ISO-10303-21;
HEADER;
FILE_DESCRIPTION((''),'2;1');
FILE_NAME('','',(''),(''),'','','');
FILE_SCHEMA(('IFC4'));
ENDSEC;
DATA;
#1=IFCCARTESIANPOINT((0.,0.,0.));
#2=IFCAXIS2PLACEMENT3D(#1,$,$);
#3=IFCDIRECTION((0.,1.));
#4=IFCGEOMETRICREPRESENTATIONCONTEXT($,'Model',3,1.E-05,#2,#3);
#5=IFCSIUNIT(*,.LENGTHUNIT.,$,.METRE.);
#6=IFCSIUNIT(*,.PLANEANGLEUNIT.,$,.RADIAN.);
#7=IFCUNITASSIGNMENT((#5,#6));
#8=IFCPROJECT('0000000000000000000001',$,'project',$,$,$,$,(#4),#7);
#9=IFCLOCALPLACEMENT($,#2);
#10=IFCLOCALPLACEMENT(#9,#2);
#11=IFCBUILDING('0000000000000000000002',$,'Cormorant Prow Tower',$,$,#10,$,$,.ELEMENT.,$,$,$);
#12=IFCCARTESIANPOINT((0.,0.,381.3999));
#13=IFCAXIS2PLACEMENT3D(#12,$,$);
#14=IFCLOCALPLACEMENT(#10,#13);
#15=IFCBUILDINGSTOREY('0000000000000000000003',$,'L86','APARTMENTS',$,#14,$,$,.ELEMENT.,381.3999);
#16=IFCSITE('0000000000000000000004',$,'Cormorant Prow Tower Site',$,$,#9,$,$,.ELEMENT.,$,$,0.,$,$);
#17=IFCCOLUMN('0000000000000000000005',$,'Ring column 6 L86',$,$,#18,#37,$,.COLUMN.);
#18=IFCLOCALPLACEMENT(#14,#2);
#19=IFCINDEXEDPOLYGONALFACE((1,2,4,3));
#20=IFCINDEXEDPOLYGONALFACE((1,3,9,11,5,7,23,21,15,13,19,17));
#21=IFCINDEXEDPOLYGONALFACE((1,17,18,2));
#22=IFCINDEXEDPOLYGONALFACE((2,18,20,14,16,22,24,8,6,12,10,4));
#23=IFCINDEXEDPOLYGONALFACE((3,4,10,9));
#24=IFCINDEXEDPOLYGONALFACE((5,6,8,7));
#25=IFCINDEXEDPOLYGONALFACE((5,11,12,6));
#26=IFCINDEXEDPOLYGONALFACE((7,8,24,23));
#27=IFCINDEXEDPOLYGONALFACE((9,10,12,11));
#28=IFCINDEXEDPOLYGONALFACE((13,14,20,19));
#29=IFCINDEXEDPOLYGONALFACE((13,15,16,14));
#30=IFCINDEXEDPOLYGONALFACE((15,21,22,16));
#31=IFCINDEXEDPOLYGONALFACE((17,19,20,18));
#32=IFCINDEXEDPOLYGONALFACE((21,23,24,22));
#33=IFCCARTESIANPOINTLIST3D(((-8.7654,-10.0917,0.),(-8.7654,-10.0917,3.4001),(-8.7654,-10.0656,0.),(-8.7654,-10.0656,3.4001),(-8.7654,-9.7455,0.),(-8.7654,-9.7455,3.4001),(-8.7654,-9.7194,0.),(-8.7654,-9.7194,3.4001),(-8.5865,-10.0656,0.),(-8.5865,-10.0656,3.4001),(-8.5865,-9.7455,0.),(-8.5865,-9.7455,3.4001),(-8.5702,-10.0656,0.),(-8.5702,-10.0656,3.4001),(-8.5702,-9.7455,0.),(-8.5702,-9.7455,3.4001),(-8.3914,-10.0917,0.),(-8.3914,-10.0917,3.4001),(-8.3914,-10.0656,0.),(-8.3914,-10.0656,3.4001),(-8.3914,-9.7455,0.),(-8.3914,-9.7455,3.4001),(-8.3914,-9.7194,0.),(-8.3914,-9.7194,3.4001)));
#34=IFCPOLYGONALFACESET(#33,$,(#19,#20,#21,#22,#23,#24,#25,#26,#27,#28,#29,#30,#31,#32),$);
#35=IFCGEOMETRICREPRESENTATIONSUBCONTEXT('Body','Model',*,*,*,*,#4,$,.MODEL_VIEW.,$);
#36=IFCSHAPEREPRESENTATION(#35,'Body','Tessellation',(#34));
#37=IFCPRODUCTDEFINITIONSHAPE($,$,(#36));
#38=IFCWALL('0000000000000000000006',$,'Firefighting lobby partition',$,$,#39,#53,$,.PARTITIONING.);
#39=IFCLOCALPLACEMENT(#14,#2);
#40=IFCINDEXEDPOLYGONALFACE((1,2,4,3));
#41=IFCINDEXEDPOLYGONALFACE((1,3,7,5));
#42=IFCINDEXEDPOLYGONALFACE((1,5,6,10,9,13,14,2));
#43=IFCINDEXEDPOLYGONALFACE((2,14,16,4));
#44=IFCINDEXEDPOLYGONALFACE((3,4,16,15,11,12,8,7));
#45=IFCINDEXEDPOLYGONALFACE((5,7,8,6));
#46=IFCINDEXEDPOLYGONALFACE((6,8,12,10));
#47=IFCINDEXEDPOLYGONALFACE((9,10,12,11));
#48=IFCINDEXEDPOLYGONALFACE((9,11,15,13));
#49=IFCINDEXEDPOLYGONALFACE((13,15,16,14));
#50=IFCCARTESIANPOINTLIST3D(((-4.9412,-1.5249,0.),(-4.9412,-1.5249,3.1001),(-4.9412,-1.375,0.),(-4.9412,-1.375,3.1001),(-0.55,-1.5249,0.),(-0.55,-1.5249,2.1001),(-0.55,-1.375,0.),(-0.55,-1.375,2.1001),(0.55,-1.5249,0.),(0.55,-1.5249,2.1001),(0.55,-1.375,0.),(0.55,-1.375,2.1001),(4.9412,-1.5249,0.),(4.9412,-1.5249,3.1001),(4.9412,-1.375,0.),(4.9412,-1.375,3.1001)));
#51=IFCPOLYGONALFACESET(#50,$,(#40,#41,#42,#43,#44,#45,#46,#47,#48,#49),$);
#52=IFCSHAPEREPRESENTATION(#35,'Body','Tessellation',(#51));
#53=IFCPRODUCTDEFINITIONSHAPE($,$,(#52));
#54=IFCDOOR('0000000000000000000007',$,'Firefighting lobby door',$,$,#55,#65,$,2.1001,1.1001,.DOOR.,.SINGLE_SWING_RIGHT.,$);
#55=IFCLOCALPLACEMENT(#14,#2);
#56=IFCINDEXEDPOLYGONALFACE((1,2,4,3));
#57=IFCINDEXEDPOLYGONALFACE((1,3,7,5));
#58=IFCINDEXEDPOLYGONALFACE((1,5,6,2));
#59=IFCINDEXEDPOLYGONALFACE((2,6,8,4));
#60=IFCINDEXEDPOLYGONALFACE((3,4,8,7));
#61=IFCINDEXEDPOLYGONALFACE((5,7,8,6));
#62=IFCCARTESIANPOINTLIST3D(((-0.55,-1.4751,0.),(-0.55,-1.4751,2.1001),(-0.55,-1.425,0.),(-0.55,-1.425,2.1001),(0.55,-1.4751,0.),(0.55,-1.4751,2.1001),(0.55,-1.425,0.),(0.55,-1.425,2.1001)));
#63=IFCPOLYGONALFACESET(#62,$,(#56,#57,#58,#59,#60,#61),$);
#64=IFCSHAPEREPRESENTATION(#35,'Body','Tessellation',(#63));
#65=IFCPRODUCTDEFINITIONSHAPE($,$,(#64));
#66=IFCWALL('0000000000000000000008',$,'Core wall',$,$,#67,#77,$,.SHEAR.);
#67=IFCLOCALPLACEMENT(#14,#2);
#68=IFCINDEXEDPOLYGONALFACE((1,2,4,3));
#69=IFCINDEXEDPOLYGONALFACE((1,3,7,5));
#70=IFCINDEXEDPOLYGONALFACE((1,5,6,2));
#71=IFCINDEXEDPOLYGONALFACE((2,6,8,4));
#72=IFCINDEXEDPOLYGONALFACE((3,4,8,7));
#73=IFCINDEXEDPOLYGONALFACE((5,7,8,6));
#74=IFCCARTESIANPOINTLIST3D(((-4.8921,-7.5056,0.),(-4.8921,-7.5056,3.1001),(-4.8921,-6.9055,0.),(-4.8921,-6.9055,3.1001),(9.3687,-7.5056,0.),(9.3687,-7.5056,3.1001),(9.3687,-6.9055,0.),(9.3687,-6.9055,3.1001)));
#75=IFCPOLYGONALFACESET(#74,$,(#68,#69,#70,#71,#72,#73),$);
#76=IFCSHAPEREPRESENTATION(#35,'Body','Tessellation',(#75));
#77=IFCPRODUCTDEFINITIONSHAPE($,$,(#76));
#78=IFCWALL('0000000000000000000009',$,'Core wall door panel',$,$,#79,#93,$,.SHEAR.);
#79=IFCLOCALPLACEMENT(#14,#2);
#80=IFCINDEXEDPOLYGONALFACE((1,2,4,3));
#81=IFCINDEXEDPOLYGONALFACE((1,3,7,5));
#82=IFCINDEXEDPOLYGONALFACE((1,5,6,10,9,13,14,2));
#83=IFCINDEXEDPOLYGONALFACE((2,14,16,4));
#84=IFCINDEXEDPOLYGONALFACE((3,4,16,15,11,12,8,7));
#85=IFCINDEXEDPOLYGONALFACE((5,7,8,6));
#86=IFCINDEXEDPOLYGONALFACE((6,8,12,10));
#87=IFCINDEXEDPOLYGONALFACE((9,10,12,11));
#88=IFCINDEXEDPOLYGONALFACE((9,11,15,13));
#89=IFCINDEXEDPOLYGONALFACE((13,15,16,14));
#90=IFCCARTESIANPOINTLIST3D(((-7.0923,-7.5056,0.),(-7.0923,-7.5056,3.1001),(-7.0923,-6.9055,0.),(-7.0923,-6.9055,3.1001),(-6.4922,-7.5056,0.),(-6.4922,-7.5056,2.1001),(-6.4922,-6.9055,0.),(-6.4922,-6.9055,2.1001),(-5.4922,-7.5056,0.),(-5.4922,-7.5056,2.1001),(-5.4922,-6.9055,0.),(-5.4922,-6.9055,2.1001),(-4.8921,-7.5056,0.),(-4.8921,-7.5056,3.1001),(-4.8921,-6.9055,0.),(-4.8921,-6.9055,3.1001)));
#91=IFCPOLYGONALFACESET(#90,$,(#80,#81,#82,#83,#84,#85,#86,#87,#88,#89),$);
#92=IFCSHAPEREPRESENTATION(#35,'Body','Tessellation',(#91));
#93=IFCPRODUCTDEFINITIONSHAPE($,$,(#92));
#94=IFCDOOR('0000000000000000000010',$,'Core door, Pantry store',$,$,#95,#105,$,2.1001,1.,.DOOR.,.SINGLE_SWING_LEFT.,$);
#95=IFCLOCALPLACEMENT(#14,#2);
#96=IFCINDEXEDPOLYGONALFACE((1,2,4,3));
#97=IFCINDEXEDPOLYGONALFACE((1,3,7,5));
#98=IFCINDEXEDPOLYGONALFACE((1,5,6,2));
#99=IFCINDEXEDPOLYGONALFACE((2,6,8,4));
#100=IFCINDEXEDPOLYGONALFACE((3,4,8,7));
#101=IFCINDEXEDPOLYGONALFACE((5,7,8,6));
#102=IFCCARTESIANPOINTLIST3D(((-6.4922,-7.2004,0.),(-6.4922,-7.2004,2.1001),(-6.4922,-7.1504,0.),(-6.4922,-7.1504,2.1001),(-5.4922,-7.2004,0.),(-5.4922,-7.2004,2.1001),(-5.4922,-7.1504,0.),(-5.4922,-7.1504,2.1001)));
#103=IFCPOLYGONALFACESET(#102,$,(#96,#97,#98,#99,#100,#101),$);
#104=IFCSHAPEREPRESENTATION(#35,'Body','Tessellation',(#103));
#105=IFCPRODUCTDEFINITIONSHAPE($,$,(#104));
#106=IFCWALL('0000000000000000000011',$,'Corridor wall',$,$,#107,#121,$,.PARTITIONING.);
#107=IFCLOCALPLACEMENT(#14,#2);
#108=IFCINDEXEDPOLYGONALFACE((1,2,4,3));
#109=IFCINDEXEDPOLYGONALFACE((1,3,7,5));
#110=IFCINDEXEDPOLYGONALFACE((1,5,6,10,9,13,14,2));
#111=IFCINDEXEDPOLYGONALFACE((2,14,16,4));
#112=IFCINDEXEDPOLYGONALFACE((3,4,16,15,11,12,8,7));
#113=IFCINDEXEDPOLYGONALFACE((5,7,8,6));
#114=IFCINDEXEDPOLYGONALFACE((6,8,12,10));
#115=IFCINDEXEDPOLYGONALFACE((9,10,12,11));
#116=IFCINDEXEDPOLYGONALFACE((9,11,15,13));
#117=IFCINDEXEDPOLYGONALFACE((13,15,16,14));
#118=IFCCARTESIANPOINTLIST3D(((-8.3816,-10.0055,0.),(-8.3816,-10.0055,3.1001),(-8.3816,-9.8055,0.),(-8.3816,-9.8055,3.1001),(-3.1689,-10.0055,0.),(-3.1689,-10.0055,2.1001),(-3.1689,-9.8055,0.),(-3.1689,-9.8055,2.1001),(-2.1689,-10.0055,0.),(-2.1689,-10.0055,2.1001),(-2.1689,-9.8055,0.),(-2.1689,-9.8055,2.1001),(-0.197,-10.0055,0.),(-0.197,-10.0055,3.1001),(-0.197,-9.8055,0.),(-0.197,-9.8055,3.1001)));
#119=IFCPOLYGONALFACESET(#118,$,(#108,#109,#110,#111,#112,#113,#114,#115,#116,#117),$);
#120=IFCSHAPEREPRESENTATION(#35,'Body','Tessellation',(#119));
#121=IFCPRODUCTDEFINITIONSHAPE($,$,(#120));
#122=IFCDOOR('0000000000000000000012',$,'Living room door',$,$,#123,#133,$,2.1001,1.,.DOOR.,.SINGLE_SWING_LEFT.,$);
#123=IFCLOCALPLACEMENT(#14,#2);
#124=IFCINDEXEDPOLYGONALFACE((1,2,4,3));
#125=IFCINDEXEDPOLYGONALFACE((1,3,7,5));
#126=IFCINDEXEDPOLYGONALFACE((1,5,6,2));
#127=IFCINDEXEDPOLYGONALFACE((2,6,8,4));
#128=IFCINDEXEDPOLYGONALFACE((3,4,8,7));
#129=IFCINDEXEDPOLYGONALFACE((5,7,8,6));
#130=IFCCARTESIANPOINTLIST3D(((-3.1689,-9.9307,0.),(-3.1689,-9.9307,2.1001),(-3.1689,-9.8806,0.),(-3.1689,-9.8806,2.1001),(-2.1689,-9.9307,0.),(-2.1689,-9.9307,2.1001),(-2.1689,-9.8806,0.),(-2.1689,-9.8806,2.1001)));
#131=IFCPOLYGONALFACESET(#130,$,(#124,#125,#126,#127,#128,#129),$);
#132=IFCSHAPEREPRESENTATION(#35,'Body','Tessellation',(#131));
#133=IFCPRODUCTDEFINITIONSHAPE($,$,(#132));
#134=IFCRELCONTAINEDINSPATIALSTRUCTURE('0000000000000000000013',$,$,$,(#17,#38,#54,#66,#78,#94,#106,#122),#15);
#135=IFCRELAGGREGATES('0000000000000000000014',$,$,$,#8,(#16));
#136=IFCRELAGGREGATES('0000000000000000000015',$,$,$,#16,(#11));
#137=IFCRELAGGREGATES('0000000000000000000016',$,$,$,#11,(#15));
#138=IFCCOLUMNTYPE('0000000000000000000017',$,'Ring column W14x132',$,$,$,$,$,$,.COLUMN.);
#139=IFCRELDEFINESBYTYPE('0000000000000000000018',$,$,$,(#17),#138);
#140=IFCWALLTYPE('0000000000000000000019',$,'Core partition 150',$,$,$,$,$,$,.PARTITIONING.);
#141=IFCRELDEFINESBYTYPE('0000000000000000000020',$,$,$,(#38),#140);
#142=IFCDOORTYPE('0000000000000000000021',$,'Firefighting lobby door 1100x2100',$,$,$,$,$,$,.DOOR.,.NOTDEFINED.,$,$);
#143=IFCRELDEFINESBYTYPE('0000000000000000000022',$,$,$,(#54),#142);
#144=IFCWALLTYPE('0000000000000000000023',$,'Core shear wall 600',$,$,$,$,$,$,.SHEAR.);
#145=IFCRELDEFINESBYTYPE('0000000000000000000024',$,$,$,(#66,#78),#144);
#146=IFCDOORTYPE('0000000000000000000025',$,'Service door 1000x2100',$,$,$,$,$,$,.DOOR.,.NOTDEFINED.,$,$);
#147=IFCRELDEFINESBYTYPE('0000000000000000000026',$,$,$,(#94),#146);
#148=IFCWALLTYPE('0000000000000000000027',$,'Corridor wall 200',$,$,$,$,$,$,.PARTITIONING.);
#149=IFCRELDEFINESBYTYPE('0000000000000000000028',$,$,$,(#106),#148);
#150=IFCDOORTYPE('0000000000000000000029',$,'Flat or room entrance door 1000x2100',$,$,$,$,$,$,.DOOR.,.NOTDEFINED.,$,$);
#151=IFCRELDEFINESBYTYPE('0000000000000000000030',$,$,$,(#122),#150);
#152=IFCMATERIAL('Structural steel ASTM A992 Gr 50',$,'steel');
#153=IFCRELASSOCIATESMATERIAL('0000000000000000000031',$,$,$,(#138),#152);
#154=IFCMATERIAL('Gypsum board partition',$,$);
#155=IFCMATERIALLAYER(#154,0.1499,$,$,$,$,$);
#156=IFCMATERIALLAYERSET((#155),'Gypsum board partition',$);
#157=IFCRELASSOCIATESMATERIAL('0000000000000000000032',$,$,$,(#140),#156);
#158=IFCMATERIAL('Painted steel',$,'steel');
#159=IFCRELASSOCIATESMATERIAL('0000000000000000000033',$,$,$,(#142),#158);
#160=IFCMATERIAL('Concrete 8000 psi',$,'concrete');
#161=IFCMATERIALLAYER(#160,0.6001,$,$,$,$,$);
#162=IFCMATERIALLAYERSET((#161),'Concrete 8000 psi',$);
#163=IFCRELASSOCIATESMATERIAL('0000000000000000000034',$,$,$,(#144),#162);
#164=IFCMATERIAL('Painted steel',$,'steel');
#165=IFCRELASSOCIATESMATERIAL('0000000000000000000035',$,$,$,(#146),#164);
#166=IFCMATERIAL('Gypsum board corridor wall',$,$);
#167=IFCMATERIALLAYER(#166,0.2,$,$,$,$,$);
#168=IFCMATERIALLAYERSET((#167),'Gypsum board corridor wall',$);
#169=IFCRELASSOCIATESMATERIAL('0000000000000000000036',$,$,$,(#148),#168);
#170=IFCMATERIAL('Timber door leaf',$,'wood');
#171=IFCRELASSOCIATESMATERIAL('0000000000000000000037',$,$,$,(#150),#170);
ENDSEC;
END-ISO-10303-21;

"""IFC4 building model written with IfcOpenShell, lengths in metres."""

from ifc_helpers import new_model, si_unit, direction, frame, frame_2d, origin, origin_2d, place, context, subcontext, project, spatial, rectangle, i_section, extrude, material, layer, layer_set, material_profile, profile_set, type_object, element, fill, save


model = new_model("IFC4")

# Units and contexts
model_context = context("Model", 3, precision=1e-05, world=origin(), true_north=direction((0.0, 1.0)))
body_context = subcontext(model_context, "Body", "Model", "MODEL_VIEW")
ifc_project = project(units=[si_unit("LENGTHUNIT", "METRE"), si_unit("PLANEANGLEUNIT", "RADIAN")], contexts=[model_context])

# Site, building, storey
site_placement = place(None, origin())
site = spatial("IfcSite", under=ifc_project, at=site_placement, Name="Cormorant Prow Tower Site", CompositionType="ELEMENT", RefElevation=0.0)
building_placement = place(site_placement, origin())
building = spatial("IfcBuilding", under=site, at=building_placement, Name="Cormorant Prow Tower", CompositionType="ELEMENT")
storey_placement = place(building_placement, frame((0.0, 0.0, 381.3999)))
storey = spatial("IfcBuildingStorey", under=building, at=storey_placement, Name="L86", Description="APARTMENTS", CompositionType="ELEMENT", Elevation=381.3999)

# Column
ifc_material_1 = material(Name="Structural steel ASTM A992 Gr 50", Category="steel")
ifc_material_profile = material_profile(ifc_material_1, i_section(OverallWidth=0.374, OverallDepth=0.3723, WebThickness=0.0164, FlangeThickness=0.0261, at=origin_2d()), Name="W14x132")
ifc_profile_set = profile_set([ifc_material_profile], Name="Structural steel ASTM A992 Gr 50")
column_type = type_object("IfcColumnType", Name="Ring column W14x132", PredefinedType="COLUMN", material=ifc_profile_set)
column_placement = place(storey_placement, frame((-8.5784, -9.9055, 0.0), z_axis=(0.0, 0.0, 1.0), x_axis=(1.0, 0.0, 0.0)))
element("IfcColumn", 1, at=column_placement, inside=storey, type_object=column_type, Name="Ring column 6 L86", PredefinedType="COLUMN", context=body_context, shape_type="SweptSolid", body=[
    extrude(i_section(OverallWidth=0.374, OverallDepth=0.3723, WebThickness=0.0164, FlangeThickness=0.0261, at=origin_2d()), origin(), (0.0, 0.0, 1.0), 3.4001),
])

# Wall, opening, door
ifc_material_2 = material(Name="Gypsum board partition")
ifc_layer_1 = layer(ifc_material_2, 0.1499)
ifc_layer_set_1 = layer_set([ifc_layer_1], Name="Gypsum board partition")
wall_type_1 = type_object("IfcWallType", Name="Core partition 150", PredefinedType="PARTITIONING", material=ifc_layer_set_1)
wall_1_placement = place(storey_placement, frame((-4.9412, -1.45, 0.0), z_axis=(0.0, 0.0, 1.0), x_axis=(1.0, 0.0, 0.0)))
wall_1 = element("IfcWall", 2, at=wall_1_placement, inside=storey, type_object=wall_type_1, Name="Firefighting lobby partition", PredefinedType="PARTITIONING", context=body_context, shape_type="SweptSolid", body=[
    extrude(rectangle(XDim=9.8823, YDim=0.1499, at=frame_2d((4.9412, 0.0))), origin(), (0.0, 0.0, 1.0), 3.1001),
])
opening_1_placement = place(wall_1_placement, frame((4.3911, 0.0, 0.0)))
opening_1 = element("IfcOpeningElement", 3, at=opening_1_placement, cuts=wall_1, PredefinedType="OPENING", context=body_context, shape_type="SweptSolid", body=[
    extrude(rectangle(XDim=1.1001, YDim=2.1001, at=frame_2d((0.55, 1.05))), frame((0.0, 0.085, 0.0), z_axis=(0.0, -1.0, 0.0), x_axis=(1.0, 0.0, 0.0)), (0.0, 0.0, 1.0), 0.1699),
])
ifc_material_3 = material(Name="Painted steel", Category="steel")
door_type_1 = type_object("IfcDoorType", Name="Firefighting lobby door 1100x2100", OperationType="NOTDEFINED", PredefinedType="DOOR", material=ifc_material_3)
door_1_placement = place(opening_1_placement, origin())
door_1 = element("IfcDoor", 4, at=door_1_placement, inside=storey, type_object=door_type_1, Name="Firefighting lobby door", OperationType="SINGLE_SWING_RIGHT", OverallHeight=2.1001, OverallWidth=1.1001, PredefinedType="DOOR", context=body_context, shape_type="SweptSolid", body=[
    extrude(rectangle(XDim=1.1001, YDim=2.1001, at=frame_2d((0.55, 1.05))), frame((0.0, 0.0249, 0.0), z_axis=(0.0, -1.0, 0.0), x_axis=(1.0, 0.0, 0.0)), (0.0, 0.0, 1.0), 0.05),
])
fill(opening_1, door_1)

# Wall
ifc_material_4 = material(Name="Concrete 8000 psi", Category="concrete")
ifc_layer_2 = layer(ifc_material_4, 0.6001)
ifc_layer_set_2 = layer_set([ifc_layer_2], Name="Concrete 8000 psi")
wall_type_2 = type_object("IfcWallType", Name="Core shear wall 600", PredefinedType="SHEAR", material=ifc_layer_set_2)
wall_2_placement = place(storey_placement, frame((-4.8921, -7.2056, 0.0), z_axis=(0.0, 0.0, 1.0), x_axis=(1.0, 0.0, 0.0)))
element("IfcWall", 5, at=wall_2_placement, inside=storey, type_object=wall_type_2, Name="Core wall", PredefinedType="SHEAR", context=body_context, shape_type="SweptSolid", body=[
    extrude(rectangle(XDim=14.2607, YDim=0.6001, at=frame_2d((7.1304, 0.0))), origin(), (0.0, 0.0, 1.0), 3.1001),
])

# Walls, openings, doors
wall_3_placement = place(storey_placement, frame((-7.0923, -7.2056, 0.0), z_axis=(0.0, 0.0, 1.0), x_axis=(1.0, 0.0, 0.0)))
wall_3 = element("IfcWall", 6, at=wall_3_placement, inside=storey, type_object=wall_type_2, Name="Core wall door panel", PredefinedType="SHEAR", context=body_context, shape_type="SweptSolid", body=[
    extrude(rectangle(XDim=2.2002, YDim=0.6001, at=frame_2d((1.1001, 0.0))), origin(), (0.0, 0.0, 1.0), 3.1001),
])
opening_2_placement = place(wall_3_placement, frame((0.6001, 0.0, 0.0)))
opening_2 = element("IfcOpeningElement", 7, at=opening_2_placement, cuts=wall_3, PredefinedType="OPENING", context=body_context, shape_type="SweptSolid", body=[
    extrude(rectangle(XDim=1.0, YDim=2.1001, at=frame_2d((0.5, 1.05))), frame((0.0, 0.3101, 0.0), z_axis=(0.0, -1.0, 0.0), x_axis=(1.0, 0.0, 0.0)), (0.0, 0.0, 1.0), 0.6201),
])
ifc_material_5 = material(Name="Painted steel", Category="steel")
door_type_2 = type_object("IfcDoorType", Name="Service door 1000x2100", OperationType="NOTDEFINED", PredefinedType="DOOR", material=ifc_material_5)
door_2_placement = place(opening_2_placement, origin())
door_2 = element("IfcDoor", 8, at=door_2_placement, inside=storey, type_object=door_type_2, Name="Core door, Pantry store", OperationType="SINGLE_SWING_LEFT", OverallHeight=2.1001, OverallWidth=1.0, PredefinedType="DOOR", context=body_context, shape_type="SweptSolid", body=[
    extrude(rectangle(XDim=1.0, YDim=2.1001, at=frame_2d((0.5, 1.05))), frame((0.0, 0.0552, 0.0), z_axis=(0.0, -1.0, 0.0), x_axis=(1.0, 0.0, 0.0)), (0.0, 0.0, 1.0), 0.05),
])
fill(opening_2, door_2)
ifc_material_6 = material(Name="Gypsum board corridor wall")
ifc_layer_3 = layer(ifc_material_6, 0.2)
ifc_layer_set_3 = layer_set([ifc_layer_3], Name="Gypsum board corridor wall")
wall_type_3 = type_object("IfcWallType", Name="Corridor wall 200", PredefinedType="PARTITIONING", material=ifc_layer_set_3)
wall_4_placement = place(storey_placement, frame((-8.3816, -9.9055, 0.0), z_axis=(0.0, 0.0, 1.0), x_axis=(1.0, 0.0, 0.0)))
wall_4 = element("IfcWall", 9, at=wall_4_placement, inside=storey, type_object=wall_type_3, Name="Corridor wall", PredefinedType="PARTITIONING", context=body_context, shape_type="SweptSolid", body=[
    extrude(rectangle(XDim=8.1846, YDim=0.2, at=frame_2d((4.0923, 0.0))), origin(), (0.0, 0.0, 1.0), 3.1001),
])
opening_3_placement = place(wall_4_placement, frame((5.2126, 0.0, 0.0)))
opening_3 = element("IfcOpeningElement", 10, at=opening_3_placement, cuts=wall_4, PredefinedType="OPENING", context=body_context, shape_type="SweptSolid", body=[
    extrude(rectangle(XDim=1.0, YDim=2.1001, at=frame_2d((0.5, 1.05))), frame((0.0, 0.1099, 0.0), z_axis=(0.0, -1.0, 0.0), x_axis=(1.0, 0.0, 0.0)), (0.0, 0.0, 1.0), 0.22),
])
ifc_material_7 = material(Name="Timber door leaf", Category="wood")
door_type_3 = type_object("IfcDoorType", Name="Flat or room entrance door 1000x2100", OperationType="NOTDEFINED", PredefinedType="DOOR", material=ifc_material_7)
door_3_placement = place(opening_3_placement, origin())
door_3 = element("IfcDoor", 11, at=door_3_placement, inside=storey, type_object=door_type_3, Name="Living room door", OperationType="SINGLE_SWING_LEFT", OverallHeight=2.1001, OverallWidth=1.0, PredefinedType="DOOR", context=body_context, shape_type="SweptSolid", body=[
    extrude(rectangle(XDim=1.0, YDim=2.1001, at=frame_2d((0.5, 1.05))), frame((0.0, 0.0249, 0.0), z_axis=(0.0, -1.0, 0.0), x_axis=(1.0, 0.0, 0.0)), (0.0, 0.0, 1.0), 0.05),
])
fill(opening_3, door_3)

save(model, "model.ifc")
